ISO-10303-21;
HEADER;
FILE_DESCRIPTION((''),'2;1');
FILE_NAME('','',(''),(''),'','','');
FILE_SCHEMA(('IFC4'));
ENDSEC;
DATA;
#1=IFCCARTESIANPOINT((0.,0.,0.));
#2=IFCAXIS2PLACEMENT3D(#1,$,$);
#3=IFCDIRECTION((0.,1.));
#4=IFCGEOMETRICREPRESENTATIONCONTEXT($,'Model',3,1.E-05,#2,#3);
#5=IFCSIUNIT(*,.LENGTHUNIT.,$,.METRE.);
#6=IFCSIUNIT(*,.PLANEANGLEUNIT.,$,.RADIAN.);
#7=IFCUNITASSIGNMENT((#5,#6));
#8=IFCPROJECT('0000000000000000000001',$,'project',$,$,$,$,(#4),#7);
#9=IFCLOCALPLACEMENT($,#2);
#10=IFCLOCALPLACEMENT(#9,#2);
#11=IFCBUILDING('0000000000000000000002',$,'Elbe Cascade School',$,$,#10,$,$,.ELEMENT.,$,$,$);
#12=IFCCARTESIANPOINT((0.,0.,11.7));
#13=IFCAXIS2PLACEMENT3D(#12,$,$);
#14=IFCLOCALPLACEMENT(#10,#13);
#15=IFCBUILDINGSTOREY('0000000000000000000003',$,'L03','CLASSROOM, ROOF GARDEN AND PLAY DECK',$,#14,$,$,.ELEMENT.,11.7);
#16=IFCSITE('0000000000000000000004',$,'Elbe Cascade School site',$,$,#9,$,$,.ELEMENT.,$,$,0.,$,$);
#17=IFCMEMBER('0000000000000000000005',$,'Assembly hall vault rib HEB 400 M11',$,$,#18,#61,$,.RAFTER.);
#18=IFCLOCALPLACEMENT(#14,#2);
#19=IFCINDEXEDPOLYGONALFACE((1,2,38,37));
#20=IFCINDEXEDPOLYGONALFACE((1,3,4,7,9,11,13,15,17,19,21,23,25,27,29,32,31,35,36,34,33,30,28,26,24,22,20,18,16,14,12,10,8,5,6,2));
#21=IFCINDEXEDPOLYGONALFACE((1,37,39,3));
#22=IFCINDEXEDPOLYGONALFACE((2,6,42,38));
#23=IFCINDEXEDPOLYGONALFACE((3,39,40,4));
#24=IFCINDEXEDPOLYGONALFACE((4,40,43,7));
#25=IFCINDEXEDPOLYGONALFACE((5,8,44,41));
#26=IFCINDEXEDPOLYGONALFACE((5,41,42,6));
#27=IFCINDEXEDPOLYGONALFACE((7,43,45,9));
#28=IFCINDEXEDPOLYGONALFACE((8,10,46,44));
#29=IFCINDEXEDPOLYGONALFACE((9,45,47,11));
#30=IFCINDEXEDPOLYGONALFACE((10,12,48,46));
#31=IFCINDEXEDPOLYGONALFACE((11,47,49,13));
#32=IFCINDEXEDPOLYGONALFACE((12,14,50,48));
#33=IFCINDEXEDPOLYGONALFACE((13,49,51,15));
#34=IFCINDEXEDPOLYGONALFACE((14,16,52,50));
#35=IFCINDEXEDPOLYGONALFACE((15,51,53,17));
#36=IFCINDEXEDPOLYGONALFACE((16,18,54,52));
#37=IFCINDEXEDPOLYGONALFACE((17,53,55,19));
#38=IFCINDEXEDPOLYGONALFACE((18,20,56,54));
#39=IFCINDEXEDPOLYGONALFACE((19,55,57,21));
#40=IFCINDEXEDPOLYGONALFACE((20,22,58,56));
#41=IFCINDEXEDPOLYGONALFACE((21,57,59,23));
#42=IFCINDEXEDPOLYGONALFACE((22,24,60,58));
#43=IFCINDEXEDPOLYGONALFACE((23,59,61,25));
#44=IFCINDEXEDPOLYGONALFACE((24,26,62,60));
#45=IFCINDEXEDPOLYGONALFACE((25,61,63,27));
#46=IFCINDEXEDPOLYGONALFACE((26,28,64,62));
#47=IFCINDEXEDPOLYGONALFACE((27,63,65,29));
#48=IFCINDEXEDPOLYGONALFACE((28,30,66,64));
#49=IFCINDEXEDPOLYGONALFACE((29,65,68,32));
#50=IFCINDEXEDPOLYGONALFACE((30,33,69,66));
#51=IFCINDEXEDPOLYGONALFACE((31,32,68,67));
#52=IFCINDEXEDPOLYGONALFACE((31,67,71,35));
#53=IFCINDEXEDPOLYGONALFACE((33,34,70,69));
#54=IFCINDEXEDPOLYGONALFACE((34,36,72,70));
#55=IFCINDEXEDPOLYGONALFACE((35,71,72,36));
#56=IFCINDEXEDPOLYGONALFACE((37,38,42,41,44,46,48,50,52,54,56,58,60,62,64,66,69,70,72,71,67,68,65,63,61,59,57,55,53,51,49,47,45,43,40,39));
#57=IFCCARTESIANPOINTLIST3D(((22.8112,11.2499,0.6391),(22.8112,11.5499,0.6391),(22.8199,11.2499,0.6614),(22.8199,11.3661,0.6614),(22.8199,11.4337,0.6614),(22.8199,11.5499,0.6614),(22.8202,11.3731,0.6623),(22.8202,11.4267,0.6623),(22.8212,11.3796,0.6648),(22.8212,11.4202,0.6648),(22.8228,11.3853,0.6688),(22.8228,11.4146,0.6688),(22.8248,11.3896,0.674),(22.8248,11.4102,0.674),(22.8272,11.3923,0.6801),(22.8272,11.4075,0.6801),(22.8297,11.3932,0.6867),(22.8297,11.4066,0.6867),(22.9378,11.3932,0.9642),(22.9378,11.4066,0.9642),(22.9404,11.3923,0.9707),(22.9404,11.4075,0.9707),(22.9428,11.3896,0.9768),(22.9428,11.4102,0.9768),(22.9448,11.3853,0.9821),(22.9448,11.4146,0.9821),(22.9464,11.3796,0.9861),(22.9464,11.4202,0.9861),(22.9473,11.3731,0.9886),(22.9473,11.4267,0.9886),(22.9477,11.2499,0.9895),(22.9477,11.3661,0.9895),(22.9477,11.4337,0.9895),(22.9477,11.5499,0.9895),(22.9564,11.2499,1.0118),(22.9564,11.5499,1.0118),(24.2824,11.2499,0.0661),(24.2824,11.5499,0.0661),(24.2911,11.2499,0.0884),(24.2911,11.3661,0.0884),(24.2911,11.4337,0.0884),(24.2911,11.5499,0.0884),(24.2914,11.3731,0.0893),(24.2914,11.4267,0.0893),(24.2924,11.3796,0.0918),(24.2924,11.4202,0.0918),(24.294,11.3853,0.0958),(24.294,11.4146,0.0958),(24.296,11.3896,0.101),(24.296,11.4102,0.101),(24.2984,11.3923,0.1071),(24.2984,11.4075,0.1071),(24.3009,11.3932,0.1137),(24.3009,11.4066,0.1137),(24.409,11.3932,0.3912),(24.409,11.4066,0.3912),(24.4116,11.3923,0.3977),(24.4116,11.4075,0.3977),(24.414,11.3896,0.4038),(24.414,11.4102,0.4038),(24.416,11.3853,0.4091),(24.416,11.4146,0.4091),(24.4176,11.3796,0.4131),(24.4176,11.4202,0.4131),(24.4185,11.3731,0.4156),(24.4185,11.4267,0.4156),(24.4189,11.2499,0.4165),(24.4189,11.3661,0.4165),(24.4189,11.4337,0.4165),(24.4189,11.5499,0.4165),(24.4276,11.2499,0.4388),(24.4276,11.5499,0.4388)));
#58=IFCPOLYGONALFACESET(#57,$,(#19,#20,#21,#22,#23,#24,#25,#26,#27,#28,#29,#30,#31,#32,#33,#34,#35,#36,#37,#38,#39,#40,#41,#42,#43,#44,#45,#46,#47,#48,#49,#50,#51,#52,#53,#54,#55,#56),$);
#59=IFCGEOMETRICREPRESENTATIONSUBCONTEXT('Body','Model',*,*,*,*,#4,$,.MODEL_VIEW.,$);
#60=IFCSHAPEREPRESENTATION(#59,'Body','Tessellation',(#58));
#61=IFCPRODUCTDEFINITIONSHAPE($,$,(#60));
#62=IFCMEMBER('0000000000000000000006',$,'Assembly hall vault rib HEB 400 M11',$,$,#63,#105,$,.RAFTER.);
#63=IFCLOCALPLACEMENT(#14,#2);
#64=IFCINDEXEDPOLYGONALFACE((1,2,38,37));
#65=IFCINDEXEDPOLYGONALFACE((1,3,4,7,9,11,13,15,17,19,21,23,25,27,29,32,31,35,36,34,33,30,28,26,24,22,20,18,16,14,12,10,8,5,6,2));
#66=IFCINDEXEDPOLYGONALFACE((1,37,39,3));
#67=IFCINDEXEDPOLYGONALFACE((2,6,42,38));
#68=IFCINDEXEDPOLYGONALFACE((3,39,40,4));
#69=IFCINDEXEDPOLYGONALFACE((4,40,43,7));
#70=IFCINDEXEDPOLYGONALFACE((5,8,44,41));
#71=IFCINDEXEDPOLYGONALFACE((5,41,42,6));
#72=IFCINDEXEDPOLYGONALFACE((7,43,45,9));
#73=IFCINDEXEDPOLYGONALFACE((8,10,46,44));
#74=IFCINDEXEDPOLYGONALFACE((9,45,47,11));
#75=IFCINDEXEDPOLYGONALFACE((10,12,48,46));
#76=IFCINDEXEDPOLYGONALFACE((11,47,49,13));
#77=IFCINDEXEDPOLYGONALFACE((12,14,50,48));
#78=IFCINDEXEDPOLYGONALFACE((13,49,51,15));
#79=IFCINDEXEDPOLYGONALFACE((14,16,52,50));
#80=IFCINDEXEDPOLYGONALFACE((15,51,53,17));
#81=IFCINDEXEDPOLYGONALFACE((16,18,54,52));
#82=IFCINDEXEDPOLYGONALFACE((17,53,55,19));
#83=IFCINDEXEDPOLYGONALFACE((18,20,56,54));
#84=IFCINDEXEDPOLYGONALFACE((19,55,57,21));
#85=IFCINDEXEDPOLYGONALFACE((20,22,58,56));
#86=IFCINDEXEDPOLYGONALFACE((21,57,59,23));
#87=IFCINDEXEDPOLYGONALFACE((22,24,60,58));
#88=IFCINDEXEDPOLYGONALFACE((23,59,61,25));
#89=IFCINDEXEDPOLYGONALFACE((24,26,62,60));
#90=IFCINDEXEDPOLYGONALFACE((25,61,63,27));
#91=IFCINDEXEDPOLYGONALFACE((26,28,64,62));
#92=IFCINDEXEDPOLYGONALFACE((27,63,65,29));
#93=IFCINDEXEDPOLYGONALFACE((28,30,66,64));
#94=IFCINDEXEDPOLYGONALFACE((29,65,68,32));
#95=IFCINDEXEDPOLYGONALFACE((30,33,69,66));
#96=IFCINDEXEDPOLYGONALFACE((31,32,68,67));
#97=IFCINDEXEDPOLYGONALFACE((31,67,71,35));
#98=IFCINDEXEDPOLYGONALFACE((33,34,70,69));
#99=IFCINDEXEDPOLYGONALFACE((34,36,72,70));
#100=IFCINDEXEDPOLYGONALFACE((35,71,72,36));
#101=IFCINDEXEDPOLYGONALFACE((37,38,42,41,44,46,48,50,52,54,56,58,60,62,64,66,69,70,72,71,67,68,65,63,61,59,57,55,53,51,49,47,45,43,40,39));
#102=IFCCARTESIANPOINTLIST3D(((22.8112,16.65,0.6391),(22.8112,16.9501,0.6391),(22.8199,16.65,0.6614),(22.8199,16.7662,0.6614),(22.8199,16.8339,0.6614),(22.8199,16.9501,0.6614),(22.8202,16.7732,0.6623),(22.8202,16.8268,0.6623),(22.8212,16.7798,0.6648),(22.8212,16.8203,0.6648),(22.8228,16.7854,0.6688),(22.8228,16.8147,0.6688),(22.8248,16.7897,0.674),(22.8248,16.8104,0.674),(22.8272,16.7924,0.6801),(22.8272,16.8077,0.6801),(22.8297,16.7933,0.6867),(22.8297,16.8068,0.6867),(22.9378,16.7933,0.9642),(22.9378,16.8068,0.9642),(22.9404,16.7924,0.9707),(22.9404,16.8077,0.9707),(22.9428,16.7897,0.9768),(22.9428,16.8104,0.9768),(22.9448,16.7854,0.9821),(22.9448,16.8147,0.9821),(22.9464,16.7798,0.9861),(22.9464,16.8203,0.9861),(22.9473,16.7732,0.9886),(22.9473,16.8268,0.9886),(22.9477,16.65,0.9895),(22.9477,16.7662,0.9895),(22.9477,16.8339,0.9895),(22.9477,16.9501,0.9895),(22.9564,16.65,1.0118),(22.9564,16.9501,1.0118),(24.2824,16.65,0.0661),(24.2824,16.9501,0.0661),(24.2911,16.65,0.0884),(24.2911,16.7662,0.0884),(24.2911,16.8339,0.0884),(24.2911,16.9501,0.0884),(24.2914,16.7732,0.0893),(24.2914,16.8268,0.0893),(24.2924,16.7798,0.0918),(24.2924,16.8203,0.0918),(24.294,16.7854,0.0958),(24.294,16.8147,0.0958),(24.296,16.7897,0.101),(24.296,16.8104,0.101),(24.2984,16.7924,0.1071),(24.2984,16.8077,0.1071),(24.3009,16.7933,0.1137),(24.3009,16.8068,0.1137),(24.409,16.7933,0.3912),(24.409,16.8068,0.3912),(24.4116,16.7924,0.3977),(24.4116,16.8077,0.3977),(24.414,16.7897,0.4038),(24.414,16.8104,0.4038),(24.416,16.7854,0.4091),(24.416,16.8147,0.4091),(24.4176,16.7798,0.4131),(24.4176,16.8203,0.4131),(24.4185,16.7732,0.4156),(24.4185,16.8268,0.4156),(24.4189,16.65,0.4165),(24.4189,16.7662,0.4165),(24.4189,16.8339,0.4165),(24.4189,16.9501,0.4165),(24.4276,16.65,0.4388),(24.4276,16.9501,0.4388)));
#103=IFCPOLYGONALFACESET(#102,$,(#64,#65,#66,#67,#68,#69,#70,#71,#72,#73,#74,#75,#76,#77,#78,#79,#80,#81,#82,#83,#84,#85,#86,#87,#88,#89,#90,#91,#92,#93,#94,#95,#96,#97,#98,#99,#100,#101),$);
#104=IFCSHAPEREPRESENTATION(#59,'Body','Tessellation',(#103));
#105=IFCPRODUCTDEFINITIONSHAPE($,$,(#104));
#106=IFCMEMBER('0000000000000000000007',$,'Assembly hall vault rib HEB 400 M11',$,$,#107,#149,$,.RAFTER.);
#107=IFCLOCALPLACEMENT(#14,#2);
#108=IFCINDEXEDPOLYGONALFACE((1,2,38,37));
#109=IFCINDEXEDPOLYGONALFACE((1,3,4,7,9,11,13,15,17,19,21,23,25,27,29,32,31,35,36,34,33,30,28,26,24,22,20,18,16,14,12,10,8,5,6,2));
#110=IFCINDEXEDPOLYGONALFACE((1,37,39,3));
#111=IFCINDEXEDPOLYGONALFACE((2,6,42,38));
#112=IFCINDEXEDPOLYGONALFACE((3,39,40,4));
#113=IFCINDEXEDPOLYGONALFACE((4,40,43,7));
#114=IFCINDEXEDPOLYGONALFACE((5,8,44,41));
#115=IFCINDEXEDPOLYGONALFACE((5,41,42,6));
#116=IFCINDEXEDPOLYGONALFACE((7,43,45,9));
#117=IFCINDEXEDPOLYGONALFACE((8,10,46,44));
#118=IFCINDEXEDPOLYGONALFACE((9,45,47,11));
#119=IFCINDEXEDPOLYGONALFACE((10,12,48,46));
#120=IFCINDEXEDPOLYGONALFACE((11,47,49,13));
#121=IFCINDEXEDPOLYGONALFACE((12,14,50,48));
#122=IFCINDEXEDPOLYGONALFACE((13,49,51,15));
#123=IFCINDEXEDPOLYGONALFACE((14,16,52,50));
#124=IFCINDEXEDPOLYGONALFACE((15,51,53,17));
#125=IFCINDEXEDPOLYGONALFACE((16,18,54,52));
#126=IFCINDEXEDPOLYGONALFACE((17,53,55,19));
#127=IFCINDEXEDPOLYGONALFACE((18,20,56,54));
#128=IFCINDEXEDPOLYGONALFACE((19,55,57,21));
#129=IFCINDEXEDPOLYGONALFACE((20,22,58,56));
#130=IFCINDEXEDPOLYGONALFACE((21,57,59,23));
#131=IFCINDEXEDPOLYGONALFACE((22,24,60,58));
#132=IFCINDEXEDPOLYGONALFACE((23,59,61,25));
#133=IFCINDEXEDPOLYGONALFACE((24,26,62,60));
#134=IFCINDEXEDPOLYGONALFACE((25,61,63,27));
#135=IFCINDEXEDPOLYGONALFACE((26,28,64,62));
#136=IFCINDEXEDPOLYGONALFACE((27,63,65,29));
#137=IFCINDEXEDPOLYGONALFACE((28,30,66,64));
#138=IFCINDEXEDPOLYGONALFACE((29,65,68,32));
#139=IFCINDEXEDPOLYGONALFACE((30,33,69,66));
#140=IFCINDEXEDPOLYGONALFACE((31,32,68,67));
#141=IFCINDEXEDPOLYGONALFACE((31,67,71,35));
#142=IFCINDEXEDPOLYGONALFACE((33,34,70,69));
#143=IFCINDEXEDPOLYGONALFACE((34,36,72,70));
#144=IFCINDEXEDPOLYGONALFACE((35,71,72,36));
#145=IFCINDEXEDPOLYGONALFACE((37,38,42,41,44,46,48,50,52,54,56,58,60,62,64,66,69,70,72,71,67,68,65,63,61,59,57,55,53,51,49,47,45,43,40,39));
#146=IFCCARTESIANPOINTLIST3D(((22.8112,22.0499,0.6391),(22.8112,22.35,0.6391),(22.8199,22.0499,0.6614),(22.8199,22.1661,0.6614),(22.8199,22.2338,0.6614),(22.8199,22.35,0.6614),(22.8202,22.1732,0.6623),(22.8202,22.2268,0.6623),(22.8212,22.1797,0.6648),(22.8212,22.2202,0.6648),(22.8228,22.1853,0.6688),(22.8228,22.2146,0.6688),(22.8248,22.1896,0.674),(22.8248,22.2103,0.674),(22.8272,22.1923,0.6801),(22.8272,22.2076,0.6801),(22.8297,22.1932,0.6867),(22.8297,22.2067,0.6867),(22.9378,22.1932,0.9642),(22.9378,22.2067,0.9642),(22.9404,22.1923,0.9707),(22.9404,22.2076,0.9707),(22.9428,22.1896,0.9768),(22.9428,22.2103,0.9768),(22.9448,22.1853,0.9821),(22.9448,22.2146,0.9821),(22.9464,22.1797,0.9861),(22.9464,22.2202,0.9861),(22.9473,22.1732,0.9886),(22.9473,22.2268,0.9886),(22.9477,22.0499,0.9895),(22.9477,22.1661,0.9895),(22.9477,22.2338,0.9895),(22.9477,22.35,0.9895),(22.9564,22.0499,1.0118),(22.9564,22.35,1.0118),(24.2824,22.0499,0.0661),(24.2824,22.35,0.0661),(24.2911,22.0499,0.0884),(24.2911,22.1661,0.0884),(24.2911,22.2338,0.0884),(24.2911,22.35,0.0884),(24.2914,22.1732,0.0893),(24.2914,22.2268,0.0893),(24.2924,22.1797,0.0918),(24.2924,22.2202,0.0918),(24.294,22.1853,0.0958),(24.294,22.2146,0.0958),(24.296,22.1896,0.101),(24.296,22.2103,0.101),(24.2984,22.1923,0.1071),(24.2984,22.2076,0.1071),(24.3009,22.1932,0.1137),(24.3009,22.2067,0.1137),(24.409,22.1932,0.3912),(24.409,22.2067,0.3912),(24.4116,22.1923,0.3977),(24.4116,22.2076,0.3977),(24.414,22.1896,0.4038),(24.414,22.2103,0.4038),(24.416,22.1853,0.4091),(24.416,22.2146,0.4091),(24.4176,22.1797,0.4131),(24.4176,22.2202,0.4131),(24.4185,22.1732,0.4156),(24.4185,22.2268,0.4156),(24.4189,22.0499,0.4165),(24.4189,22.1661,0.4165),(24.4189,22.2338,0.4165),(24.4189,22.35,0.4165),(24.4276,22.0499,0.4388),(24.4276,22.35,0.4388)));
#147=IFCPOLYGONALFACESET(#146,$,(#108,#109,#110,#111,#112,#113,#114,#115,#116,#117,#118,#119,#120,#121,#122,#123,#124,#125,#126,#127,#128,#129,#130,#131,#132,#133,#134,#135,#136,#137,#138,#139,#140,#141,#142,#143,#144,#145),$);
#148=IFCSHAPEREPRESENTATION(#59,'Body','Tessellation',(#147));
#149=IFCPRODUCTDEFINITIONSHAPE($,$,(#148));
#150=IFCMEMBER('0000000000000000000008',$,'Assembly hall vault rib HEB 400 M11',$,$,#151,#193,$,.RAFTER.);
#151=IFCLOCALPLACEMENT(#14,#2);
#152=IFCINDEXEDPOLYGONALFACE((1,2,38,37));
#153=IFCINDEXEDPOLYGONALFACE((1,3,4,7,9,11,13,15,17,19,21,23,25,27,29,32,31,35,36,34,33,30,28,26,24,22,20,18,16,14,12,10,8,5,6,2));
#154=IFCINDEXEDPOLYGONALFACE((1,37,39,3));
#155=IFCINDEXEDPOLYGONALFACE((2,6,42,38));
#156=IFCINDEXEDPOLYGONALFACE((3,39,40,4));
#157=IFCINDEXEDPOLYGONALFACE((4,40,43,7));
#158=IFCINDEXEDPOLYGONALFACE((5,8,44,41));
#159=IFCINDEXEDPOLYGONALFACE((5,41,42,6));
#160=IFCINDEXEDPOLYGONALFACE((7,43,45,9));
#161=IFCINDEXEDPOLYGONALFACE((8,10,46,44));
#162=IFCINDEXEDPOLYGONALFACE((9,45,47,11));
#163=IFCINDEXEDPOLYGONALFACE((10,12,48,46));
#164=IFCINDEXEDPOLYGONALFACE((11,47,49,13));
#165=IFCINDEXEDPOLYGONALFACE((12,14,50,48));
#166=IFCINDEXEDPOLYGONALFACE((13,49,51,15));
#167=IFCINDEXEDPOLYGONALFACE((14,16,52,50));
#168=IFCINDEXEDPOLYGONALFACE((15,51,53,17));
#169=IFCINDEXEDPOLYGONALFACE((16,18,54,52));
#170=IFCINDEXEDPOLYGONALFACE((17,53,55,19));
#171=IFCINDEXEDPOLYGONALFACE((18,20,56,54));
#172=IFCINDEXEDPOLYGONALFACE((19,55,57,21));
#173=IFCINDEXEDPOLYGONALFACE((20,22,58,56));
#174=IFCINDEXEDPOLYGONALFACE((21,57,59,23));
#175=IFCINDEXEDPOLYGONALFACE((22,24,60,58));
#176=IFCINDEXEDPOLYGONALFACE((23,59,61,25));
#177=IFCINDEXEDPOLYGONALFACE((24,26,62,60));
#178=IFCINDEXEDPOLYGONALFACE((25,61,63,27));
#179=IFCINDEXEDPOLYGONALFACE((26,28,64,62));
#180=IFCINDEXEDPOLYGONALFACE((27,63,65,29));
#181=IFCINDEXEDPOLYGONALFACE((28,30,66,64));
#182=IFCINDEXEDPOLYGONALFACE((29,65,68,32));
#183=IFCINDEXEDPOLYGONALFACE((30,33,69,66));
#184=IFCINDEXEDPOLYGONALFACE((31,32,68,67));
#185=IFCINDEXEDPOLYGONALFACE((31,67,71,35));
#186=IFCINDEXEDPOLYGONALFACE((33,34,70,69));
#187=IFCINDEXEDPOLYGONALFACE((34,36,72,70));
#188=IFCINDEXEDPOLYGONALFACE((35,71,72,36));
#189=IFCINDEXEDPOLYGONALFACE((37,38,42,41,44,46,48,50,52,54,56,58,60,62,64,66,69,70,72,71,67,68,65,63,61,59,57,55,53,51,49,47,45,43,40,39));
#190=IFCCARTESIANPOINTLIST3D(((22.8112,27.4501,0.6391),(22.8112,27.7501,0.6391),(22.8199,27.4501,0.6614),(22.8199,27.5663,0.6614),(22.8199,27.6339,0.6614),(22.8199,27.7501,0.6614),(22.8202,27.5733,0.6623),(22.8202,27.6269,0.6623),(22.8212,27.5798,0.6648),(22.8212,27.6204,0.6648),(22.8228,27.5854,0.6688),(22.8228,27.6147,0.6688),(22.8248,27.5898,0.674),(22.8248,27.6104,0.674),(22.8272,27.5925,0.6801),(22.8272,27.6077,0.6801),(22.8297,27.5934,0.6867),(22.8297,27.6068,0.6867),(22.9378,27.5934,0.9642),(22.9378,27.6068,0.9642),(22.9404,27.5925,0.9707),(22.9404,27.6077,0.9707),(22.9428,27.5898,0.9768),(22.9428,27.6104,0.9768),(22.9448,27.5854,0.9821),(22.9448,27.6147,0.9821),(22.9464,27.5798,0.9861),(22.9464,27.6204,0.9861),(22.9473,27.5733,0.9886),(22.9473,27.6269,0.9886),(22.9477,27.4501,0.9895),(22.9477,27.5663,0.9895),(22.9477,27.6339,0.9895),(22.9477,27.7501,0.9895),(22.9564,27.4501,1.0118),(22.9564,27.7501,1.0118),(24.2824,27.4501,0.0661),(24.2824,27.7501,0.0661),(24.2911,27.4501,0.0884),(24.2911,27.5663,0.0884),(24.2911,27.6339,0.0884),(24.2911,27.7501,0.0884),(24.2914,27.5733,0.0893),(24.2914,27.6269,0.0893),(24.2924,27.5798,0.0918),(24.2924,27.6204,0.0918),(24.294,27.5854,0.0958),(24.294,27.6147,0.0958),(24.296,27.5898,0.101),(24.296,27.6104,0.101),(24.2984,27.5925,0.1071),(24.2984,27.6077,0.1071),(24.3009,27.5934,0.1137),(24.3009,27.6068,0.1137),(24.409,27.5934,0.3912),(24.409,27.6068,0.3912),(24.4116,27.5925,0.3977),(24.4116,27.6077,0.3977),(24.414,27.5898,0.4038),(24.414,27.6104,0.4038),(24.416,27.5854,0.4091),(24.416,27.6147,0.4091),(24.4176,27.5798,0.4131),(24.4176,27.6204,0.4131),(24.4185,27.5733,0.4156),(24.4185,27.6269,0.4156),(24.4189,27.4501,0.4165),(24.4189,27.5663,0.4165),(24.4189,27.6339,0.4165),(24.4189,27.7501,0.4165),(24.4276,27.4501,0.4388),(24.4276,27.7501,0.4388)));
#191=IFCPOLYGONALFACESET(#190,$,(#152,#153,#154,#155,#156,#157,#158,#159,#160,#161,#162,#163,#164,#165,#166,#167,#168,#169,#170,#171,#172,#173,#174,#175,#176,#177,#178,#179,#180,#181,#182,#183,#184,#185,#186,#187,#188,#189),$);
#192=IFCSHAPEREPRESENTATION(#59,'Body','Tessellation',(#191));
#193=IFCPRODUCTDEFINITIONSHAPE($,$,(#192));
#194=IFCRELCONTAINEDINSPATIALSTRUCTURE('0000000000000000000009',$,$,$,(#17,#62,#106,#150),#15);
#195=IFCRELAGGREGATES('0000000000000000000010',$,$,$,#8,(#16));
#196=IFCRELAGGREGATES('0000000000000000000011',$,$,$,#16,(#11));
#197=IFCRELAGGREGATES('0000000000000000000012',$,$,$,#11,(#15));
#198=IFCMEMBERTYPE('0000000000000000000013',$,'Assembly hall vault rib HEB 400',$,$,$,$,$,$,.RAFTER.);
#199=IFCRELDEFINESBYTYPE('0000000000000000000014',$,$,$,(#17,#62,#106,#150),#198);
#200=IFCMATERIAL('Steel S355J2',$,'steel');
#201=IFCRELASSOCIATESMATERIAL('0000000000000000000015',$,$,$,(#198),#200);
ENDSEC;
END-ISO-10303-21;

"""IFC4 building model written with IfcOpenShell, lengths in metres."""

from ifc_helpers import new_model, si_unit, direction, frame, origin, origin_2d, place, context, subcontext, project, spatial, i_section, extrude, material, material_profile, profile_set, type_object, element, save


model = new_model("IFC4")

# Units and contexts
model_context = context("Model", 3, precision=1e-05, world=origin(), true_north=direction((0.0, 1.0)))
body_context = subcontext(model_context, "Body", "Model", "MODEL_VIEW")
ifc_project = project(units=[si_unit("LENGTHUNIT", "METRE"), si_unit("PLANEANGLEUNIT", "RADIAN")], contexts=[model_context])

# Site, building, storey
site_placement = place(None, origin())
site = spatial("IfcSite", under=ifc_project, at=site_placement, Name="Elbe Cascade School site", CompositionType="ELEMENT", RefElevation=0.0)
building_placement = place(site_placement, origin())
building = spatial("IfcBuilding", under=site, at=building_placement, Name="Elbe Cascade School", CompositionType="ELEMENT")
storey_placement = place(building_placement, frame((0.0, 0.0, 11.7)))
storey = spatial("IfcBuildingStorey", under=building, at=storey_placement, Name="L03", Description="CLASSROOM, ROOF GARDEN AND PLAY DECK", CompositionType="ELEMENT", Elevation=11.7)

# Members
ifc_material_1 = material(Name="Steel S355J2", Category="steel")
ifc_material_profile_1 = material_profile(ifc_material_1, i_section(OverallWidth=0.3, OverallDepth=0.3999, WebThickness=0.0134, FlangeThickness=0.0239, FilletRadius=0.0271, at=origin_2d()), Name="HEB 400")
ifc_profile_set_1 = profile_set([ifc_material_profile_1], Name="Steel S355J2")
member_type_1 = type_object("IfcMemberType", Name="Assembly hall vault rib HEB 400", PredefinedType="RAFTER", material=ifc_profile_set_1)
for number, where, z_axis, x_axis, name in (
    (1, (22.8838, 11.3999, 0.8254), (0.931819, 0.0, -0.362924), (0.0, 1.0, 0.0), "Assembly hall vault rib HEB 400 M11"),
    (2, (22.8838, 16.8, 0.8254), (0.931819, 0.0, -0.362924), (0.0, 1.0, 0.0), "Assembly hall vault rib HEB 400 M11"),
    (3, (22.8838, 22.2, 0.8254), (0.931819, 0.0, -0.362924), (0.0, 1.0, 0.0), "Assembly hall vault rib HEB 400 M11"),
    (4, (22.8838, 27.6001, 0.8254), (0.931819, 0.0, -0.362924), (0.0, 1.0, 0.0), "Assembly hall vault rib HEB 400 M11"),
):
    element("IfcMember", number, at=place(storey_placement, frame(where, z_axis=z_axis, x_axis=x_axis)), inside=storey, type_object=member_type_1, Name=name, PredefinedType="RAFTER", context=body_context, shape_type="SweptSolid", body=[
        extrude(i_section(OverallWidth=0.3, OverallDepth=0.3999, WebThickness=0.0134, FlangeThickness=0.0239, FilletRadius=0.0271, at=origin_2d()), origin(), (0.0, 0.0, 1.0), 1.5789),
    ])

save(model, "model.ifc")
